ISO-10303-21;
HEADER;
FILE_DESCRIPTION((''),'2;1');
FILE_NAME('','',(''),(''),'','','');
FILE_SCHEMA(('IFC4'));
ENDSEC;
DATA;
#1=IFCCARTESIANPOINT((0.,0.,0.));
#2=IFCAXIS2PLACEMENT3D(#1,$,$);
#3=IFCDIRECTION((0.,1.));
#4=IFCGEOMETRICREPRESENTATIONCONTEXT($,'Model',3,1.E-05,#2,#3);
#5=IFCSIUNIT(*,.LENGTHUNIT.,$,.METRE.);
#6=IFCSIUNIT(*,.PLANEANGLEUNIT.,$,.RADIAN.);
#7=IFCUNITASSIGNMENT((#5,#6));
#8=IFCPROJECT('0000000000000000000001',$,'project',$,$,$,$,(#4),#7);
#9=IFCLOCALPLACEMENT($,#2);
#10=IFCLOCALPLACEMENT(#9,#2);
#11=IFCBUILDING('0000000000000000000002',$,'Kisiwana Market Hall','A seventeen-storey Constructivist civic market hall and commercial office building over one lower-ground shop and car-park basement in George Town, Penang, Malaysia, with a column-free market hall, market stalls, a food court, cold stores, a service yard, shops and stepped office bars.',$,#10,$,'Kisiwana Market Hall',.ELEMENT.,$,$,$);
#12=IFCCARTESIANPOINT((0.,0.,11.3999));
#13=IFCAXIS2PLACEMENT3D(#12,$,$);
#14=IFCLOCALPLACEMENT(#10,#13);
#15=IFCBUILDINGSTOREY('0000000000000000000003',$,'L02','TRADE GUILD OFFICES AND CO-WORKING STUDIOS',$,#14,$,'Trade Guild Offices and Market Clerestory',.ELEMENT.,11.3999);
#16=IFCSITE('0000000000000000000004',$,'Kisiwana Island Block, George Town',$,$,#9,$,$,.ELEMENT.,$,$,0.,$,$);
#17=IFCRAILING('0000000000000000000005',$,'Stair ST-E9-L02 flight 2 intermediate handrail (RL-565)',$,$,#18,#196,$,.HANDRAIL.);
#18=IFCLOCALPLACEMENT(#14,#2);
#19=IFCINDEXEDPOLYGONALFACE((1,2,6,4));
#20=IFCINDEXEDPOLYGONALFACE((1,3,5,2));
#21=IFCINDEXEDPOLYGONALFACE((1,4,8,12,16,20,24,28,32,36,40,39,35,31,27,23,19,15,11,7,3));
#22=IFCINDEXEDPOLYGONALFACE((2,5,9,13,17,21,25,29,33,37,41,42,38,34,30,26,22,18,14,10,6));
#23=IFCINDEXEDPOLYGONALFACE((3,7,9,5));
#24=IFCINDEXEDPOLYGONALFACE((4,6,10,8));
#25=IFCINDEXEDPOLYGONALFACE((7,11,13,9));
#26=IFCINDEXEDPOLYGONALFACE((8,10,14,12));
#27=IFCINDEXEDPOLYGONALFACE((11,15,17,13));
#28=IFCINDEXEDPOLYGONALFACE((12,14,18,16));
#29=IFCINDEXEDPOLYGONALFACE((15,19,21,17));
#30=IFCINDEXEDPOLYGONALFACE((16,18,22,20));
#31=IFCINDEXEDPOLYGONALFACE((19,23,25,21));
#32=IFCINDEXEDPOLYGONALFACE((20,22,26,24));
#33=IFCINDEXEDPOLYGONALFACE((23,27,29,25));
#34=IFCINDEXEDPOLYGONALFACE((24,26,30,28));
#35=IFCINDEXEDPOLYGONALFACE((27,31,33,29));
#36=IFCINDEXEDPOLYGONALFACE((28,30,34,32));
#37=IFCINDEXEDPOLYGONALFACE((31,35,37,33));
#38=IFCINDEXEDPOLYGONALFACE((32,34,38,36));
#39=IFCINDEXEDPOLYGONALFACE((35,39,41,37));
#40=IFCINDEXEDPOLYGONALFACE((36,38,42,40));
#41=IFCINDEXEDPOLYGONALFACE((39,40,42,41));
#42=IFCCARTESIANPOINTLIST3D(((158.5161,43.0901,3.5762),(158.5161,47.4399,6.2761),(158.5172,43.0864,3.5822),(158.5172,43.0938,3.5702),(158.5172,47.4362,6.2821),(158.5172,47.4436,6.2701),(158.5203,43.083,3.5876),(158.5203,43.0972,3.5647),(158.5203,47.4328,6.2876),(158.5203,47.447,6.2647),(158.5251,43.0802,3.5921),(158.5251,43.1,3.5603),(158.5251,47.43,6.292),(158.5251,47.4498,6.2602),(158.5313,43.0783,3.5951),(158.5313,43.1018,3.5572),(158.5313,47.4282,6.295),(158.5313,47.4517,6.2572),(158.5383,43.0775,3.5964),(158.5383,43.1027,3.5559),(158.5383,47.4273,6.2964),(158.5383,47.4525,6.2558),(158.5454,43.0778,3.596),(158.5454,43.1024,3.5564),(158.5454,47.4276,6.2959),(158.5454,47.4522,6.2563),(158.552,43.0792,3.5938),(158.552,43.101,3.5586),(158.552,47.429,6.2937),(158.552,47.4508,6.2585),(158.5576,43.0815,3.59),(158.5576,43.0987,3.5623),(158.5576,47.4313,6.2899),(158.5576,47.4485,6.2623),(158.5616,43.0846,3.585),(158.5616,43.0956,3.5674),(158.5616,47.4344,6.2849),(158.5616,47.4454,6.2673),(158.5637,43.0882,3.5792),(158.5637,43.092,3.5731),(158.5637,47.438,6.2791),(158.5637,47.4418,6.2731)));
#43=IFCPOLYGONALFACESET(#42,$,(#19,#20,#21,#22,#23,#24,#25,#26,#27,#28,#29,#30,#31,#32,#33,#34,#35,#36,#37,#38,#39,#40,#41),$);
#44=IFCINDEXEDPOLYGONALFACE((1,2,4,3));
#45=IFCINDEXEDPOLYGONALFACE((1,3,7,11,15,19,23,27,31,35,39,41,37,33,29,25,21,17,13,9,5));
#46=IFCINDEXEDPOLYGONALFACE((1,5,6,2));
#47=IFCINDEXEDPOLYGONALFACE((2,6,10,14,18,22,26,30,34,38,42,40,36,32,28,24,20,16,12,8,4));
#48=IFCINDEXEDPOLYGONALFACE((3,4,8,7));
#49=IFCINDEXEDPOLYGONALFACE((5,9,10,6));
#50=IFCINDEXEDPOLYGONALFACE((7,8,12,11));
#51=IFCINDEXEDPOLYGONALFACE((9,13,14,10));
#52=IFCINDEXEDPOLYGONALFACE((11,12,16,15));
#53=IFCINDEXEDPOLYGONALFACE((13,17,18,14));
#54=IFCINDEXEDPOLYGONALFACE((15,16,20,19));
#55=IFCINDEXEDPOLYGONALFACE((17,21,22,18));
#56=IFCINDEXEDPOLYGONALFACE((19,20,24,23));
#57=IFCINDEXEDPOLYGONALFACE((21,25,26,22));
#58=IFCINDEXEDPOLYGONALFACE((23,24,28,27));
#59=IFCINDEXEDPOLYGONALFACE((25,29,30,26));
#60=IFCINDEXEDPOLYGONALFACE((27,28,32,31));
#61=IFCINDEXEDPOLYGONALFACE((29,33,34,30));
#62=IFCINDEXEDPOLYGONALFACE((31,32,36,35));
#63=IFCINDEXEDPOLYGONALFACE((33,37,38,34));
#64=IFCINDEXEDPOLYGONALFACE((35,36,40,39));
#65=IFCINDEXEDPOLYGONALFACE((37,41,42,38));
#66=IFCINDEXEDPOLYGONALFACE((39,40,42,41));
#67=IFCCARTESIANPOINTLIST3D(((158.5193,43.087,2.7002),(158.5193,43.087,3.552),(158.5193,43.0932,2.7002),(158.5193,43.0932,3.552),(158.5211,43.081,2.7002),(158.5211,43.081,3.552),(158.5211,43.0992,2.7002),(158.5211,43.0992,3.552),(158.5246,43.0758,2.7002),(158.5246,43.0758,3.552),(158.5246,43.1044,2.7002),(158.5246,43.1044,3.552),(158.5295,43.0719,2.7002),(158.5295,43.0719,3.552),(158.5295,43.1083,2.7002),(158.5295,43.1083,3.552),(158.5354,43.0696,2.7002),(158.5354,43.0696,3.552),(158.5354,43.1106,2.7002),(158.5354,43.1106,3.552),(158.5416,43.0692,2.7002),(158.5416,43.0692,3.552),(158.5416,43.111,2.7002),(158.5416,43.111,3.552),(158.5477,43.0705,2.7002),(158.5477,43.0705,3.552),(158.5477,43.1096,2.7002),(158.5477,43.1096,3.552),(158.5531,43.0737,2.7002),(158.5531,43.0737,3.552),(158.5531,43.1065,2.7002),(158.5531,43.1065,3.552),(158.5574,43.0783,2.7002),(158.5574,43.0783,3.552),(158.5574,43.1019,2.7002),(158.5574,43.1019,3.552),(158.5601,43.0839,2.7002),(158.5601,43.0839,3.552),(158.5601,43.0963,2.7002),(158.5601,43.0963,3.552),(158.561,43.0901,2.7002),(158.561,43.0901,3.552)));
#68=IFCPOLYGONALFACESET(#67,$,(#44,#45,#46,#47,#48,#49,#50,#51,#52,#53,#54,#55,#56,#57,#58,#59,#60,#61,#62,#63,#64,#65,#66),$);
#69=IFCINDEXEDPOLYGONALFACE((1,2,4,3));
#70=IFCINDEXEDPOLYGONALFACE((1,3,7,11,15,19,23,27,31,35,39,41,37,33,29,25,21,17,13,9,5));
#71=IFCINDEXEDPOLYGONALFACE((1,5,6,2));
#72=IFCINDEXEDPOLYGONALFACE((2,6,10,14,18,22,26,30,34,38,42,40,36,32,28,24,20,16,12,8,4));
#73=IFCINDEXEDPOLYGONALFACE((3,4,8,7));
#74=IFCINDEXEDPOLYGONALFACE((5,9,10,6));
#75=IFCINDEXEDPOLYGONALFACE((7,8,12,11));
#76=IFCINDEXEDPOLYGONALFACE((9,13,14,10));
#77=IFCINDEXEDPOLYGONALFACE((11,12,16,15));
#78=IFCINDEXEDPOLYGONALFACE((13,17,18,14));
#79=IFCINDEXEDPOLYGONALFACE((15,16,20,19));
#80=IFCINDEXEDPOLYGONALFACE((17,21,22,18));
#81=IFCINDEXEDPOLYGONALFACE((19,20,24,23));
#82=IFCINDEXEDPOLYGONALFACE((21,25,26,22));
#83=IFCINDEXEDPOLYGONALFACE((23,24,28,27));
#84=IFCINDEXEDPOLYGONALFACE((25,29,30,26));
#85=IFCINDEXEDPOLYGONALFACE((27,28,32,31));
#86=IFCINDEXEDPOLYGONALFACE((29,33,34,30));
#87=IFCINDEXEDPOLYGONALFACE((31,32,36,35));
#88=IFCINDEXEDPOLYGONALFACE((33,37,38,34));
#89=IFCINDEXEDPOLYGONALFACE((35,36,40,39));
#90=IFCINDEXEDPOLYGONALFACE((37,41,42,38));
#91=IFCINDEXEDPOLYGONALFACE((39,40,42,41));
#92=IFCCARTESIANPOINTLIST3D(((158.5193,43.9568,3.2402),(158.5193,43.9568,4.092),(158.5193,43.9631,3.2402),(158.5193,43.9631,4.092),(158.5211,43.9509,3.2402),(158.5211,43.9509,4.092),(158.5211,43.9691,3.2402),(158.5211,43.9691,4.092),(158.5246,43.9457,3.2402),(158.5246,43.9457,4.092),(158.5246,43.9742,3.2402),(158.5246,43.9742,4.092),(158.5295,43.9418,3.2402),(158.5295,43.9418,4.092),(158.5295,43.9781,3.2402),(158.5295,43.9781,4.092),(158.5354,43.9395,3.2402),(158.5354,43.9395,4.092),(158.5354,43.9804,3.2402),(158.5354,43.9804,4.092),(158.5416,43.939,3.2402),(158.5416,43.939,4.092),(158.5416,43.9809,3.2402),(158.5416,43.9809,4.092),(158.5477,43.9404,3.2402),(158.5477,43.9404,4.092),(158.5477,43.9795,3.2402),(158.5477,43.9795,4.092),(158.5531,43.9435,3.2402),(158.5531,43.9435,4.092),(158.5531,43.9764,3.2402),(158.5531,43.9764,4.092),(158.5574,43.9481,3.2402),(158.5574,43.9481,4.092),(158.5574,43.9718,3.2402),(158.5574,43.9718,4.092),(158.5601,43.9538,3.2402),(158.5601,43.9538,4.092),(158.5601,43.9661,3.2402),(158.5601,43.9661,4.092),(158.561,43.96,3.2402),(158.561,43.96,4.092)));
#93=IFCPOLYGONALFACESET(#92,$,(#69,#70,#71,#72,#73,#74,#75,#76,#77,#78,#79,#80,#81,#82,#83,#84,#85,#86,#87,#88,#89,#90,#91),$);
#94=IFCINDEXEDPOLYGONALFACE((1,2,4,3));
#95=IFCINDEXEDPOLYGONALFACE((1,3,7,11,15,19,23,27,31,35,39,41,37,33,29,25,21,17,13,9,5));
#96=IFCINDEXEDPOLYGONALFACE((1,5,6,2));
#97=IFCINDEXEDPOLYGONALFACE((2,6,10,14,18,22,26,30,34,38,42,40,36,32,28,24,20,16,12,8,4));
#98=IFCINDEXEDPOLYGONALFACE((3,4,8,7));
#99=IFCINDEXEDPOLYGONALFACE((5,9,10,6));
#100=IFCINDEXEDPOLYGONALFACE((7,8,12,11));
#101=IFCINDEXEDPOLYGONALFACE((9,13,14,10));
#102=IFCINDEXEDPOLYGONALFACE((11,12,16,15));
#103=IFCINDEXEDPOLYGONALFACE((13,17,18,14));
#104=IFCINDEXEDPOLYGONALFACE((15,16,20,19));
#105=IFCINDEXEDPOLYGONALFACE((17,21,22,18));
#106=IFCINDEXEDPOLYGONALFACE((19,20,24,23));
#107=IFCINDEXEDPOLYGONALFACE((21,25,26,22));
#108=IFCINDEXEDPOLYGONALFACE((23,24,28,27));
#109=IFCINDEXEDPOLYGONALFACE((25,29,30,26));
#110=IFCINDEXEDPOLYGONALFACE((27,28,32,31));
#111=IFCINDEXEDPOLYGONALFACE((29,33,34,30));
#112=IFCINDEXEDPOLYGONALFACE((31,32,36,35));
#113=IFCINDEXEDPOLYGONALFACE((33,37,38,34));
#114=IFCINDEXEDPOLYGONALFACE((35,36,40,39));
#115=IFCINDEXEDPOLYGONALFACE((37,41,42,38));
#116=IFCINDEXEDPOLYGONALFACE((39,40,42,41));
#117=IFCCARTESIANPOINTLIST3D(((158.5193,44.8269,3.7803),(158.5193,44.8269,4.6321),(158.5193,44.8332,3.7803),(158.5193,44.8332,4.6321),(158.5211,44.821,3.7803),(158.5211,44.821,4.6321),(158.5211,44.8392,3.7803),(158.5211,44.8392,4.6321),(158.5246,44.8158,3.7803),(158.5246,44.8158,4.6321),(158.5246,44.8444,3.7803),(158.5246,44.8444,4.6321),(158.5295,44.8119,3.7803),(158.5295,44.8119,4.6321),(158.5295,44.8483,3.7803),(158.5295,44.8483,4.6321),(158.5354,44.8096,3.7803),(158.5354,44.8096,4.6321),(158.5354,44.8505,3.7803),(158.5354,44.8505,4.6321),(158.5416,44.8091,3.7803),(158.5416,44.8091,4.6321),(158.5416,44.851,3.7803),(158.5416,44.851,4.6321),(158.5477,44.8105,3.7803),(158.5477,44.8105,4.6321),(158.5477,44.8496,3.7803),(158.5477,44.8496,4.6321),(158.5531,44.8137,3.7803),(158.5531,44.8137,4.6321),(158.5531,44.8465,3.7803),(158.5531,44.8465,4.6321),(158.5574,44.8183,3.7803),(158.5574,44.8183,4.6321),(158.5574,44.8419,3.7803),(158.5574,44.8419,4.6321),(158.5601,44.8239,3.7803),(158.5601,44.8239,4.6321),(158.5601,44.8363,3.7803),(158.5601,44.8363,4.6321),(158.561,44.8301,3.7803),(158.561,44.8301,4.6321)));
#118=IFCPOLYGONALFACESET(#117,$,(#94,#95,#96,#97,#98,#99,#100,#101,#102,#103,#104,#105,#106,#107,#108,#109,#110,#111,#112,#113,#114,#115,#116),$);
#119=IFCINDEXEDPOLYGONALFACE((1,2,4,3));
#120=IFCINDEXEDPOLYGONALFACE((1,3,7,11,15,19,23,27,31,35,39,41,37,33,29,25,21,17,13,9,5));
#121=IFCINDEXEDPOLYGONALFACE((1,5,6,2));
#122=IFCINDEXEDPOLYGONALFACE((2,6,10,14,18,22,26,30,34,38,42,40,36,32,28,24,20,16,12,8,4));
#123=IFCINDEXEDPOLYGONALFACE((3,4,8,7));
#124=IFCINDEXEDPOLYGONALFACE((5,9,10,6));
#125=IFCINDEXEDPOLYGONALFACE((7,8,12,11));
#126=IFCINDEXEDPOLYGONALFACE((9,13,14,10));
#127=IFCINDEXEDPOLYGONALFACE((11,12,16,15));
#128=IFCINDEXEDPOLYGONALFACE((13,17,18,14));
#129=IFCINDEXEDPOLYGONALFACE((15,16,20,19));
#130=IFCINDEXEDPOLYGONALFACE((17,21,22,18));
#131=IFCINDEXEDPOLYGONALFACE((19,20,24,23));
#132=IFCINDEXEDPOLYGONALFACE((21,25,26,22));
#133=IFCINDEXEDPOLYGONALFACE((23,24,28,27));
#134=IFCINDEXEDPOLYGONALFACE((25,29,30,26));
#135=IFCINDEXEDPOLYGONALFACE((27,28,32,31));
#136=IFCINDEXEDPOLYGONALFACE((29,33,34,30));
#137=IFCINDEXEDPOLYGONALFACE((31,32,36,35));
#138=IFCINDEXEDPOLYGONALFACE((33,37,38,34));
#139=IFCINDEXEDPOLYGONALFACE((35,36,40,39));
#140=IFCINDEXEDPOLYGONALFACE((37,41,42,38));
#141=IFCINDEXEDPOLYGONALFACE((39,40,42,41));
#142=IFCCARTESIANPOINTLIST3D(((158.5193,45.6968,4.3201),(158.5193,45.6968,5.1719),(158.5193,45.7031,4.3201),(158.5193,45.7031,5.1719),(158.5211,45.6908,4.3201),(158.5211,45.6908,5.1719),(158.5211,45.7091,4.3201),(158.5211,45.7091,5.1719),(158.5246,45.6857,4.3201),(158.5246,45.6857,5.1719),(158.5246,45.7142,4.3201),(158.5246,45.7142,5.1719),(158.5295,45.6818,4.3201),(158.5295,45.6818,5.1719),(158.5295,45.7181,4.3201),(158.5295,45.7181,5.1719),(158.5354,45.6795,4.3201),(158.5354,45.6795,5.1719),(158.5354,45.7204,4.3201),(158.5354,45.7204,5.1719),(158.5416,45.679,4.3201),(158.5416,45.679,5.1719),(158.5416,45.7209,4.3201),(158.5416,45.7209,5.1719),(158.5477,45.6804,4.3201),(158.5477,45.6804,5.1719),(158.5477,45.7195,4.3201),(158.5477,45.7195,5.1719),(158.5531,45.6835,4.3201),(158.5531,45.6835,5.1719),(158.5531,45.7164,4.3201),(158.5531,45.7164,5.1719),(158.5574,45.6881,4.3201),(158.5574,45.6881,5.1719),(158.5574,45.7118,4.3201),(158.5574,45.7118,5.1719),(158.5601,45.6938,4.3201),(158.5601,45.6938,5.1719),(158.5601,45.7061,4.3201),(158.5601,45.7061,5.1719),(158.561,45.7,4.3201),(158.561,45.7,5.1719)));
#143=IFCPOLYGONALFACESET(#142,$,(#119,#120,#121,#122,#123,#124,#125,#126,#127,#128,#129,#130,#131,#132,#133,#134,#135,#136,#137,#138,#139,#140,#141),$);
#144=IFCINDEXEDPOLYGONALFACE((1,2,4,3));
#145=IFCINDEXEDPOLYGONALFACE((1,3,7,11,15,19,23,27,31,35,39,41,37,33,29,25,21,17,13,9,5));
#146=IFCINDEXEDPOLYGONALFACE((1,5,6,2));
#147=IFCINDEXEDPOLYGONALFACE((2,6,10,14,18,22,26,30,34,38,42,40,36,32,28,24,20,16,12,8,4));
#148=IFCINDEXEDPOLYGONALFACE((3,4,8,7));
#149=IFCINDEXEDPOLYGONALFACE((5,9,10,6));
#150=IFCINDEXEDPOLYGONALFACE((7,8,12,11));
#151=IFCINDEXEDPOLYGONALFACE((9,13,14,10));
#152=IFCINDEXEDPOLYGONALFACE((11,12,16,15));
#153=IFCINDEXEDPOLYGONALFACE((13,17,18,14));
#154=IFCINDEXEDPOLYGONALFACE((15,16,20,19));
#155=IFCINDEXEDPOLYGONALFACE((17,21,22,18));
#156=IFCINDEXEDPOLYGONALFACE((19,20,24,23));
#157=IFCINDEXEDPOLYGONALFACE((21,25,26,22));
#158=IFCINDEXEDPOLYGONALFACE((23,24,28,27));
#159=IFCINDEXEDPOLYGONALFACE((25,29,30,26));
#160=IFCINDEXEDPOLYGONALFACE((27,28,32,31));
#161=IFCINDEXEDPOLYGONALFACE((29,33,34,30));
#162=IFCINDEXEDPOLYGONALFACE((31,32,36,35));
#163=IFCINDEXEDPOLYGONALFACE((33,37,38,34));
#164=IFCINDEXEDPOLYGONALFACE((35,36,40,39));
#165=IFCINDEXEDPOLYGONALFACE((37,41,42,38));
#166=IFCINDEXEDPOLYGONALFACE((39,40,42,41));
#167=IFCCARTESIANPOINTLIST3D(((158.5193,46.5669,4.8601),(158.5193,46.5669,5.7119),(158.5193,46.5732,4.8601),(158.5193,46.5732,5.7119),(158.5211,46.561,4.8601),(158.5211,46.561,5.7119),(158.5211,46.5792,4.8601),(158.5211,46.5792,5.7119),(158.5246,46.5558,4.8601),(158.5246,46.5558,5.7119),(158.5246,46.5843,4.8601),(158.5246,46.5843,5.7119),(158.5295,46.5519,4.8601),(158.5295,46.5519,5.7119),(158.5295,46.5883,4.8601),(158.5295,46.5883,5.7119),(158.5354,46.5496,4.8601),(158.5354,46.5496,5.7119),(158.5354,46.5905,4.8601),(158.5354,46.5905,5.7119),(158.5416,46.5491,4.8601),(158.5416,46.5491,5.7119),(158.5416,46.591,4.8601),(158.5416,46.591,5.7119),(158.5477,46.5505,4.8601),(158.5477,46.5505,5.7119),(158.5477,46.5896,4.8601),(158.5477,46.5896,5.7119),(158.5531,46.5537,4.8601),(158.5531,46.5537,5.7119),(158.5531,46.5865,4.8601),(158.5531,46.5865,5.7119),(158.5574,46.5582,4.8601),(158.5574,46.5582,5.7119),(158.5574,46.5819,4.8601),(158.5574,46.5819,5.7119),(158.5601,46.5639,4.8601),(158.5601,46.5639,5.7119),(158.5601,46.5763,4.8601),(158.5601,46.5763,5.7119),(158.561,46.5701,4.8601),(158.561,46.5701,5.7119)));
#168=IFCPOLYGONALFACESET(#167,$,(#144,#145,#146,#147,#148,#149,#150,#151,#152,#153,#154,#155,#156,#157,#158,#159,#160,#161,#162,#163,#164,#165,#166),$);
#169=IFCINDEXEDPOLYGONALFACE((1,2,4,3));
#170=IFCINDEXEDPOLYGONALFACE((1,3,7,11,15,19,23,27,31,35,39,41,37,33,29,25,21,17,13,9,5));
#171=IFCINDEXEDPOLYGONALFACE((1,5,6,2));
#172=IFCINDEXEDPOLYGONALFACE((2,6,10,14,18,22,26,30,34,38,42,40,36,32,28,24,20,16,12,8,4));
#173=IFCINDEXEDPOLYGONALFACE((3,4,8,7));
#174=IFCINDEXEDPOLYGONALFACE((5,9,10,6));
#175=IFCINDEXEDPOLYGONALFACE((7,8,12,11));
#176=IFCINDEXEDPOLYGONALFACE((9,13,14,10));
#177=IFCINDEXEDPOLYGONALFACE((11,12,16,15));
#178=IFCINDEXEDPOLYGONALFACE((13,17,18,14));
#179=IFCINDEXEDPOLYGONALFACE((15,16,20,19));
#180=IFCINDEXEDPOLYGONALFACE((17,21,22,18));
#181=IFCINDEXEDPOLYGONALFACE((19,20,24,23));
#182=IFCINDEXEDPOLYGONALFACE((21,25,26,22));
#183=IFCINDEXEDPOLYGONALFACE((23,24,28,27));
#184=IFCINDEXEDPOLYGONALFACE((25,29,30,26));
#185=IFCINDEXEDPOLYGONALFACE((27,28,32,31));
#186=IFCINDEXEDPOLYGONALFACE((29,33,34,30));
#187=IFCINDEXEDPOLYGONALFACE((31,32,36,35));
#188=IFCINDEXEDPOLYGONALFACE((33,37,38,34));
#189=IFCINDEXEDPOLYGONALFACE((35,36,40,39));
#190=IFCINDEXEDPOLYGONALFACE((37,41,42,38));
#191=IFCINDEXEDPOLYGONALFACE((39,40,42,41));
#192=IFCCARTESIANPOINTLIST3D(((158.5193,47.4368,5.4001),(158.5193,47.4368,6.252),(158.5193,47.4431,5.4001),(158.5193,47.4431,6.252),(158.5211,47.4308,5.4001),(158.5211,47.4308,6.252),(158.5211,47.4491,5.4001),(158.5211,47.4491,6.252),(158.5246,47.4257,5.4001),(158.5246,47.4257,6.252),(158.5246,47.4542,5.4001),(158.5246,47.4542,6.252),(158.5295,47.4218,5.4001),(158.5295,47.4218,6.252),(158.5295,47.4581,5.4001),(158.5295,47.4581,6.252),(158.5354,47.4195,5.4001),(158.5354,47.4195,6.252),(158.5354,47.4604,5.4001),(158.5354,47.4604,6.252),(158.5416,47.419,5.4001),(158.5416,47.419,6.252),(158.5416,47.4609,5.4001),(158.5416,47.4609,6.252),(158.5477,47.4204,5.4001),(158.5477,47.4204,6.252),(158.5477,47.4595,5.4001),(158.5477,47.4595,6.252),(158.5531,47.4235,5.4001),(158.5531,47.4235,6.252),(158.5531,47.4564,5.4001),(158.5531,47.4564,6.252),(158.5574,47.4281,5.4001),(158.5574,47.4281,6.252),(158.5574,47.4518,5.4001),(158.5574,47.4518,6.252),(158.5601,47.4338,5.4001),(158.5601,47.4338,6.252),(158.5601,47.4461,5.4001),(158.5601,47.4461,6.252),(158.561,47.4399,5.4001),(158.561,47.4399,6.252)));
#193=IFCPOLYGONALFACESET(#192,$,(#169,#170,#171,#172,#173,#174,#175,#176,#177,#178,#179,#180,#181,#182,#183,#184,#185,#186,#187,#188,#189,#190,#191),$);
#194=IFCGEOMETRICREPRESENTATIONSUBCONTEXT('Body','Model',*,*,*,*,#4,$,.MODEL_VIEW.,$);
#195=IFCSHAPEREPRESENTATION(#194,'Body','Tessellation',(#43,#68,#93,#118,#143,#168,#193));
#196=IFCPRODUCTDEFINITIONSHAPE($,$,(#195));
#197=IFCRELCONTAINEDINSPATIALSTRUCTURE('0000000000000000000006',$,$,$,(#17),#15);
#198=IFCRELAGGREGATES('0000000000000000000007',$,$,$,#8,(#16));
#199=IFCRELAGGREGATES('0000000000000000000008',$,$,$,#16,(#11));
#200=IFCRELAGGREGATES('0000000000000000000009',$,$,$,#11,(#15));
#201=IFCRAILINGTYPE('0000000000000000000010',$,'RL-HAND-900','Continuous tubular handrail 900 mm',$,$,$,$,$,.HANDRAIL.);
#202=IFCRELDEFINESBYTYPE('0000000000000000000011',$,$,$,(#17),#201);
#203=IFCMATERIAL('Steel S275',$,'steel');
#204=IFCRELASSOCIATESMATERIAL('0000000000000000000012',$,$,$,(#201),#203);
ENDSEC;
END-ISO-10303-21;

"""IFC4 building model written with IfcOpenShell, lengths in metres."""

from ifc_helpers import new_model, si_unit, direction, frame, origin, origin_2d, place, context, subcontext, project, spatial, circle, extrude, material, type_object, element, save


model = new_model("IFC4")

# Units and contexts
model_context = context("Model", 3, precision=1e-05, world=origin(), true_north=direction((0.0, 1.0)))
body_context = subcontext(model_context, "Body", "Model", "MODEL_VIEW")
ifc_project = project(units=[si_unit("LENGTHUNIT", "METRE"), si_unit("PLANEANGLEUNIT", "RADIAN")], contexts=[model_context])

# Site, building, storey
site_placement = place(None, origin())
site = spatial("IfcSite", under=ifc_project, at=site_placement, Name="Kisiwana Island Block, George Town", CompositionType="ELEMENT", RefElevation=0.0)
building_placement = place(site_placement, origin())
building = spatial("IfcBuilding", under=site, at=building_placement, Name="Kisiwana Market Hall", Description="A seventeen-storey Constructivist civic market hall and commercial office building over one lower-ground shop and car-park basement in George Town, Penang, Malaysia, with a column-free market hall, market stalls, a food court, cold stores, a service yard, shops and stepped office bars.", LongName="Kisiwana Market Hall", CompositionType="ELEMENT")
storey_placement = place(building_placement, frame((0.0, 0.0, 11.3999)))
storey = spatial("IfcBuildingStorey", under=building, at=storey_placement, Name="L02", Description="TRADE GUILD OFFICES AND CO-WORKING STUDIOS", LongName="Trade Guild Offices and Market Clerestory", CompositionType="ELEMENT", Elevation=11.3999)

# Railing
ifc_material_1 = material(Name="Steel S275", Category="steel")
railing_type_1 = type_object("IfcRailingType", Name="RL-HAND-900", Description="Continuous tubular handrail 900 mm", PredefinedType="HANDRAIL", material=ifc_material_1)
railing_1_placement = place(storey_placement, frame((158.54, 43.0901, 2.7002)))
element("IfcRailing", 1, at=railing_1_placement, inside=storey, type_object=railing_type_1, Name="Stair ST-E9-L02 flight 2 intermediate handrail (RL-565)", PredefinedType="HANDRAIL", context=body_context, shape_type="SweptSolid", body=[
    extrude(circle(Radius=0.0239, at=origin_2d()), frame((0.0, 0.0, 0.876), z_axis=(0.0, 0.849636, 0.527369), x_axis=(-1.0, 0.0, 0.0)), (0.0, 0.0, 1.0), 5.1196),
    extrude(circle(Radius=0.021, at=origin_2d()), origin(), (0.0, 0.0, 1.0), 0.8518),
    extrude(circle(Radius=0.021, at=origin_2d()), frame((0.0, 0.8699, 0.54)), (0.0, 0.0, 1.0), 0.8518),
    extrude(circle(Radius=0.021, at=origin_2d()), frame((0.0, 1.74, 1.0801)), (0.0, 0.0, 1.0), 0.8518),
    extrude(circle(Radius=0.021, at=origin_2d()), frame((0.0, 2.6099, 1.6199)), (0.0, 0.0, 1.0), 0.8518),
    extrude(circle(Radius=0.021, at=origin_2d()), frame((0.0, 3.48, 2.1599)), (0.0, 0.0, 1.0), 0.8518),
    extrude(circle(Radius=0.021, at=origin_2d()), frame((0.0, 4.3499, 2.7)), (0.0, 0.0, 1.0), 0.8518),
])

save(model, "model.ifc")
